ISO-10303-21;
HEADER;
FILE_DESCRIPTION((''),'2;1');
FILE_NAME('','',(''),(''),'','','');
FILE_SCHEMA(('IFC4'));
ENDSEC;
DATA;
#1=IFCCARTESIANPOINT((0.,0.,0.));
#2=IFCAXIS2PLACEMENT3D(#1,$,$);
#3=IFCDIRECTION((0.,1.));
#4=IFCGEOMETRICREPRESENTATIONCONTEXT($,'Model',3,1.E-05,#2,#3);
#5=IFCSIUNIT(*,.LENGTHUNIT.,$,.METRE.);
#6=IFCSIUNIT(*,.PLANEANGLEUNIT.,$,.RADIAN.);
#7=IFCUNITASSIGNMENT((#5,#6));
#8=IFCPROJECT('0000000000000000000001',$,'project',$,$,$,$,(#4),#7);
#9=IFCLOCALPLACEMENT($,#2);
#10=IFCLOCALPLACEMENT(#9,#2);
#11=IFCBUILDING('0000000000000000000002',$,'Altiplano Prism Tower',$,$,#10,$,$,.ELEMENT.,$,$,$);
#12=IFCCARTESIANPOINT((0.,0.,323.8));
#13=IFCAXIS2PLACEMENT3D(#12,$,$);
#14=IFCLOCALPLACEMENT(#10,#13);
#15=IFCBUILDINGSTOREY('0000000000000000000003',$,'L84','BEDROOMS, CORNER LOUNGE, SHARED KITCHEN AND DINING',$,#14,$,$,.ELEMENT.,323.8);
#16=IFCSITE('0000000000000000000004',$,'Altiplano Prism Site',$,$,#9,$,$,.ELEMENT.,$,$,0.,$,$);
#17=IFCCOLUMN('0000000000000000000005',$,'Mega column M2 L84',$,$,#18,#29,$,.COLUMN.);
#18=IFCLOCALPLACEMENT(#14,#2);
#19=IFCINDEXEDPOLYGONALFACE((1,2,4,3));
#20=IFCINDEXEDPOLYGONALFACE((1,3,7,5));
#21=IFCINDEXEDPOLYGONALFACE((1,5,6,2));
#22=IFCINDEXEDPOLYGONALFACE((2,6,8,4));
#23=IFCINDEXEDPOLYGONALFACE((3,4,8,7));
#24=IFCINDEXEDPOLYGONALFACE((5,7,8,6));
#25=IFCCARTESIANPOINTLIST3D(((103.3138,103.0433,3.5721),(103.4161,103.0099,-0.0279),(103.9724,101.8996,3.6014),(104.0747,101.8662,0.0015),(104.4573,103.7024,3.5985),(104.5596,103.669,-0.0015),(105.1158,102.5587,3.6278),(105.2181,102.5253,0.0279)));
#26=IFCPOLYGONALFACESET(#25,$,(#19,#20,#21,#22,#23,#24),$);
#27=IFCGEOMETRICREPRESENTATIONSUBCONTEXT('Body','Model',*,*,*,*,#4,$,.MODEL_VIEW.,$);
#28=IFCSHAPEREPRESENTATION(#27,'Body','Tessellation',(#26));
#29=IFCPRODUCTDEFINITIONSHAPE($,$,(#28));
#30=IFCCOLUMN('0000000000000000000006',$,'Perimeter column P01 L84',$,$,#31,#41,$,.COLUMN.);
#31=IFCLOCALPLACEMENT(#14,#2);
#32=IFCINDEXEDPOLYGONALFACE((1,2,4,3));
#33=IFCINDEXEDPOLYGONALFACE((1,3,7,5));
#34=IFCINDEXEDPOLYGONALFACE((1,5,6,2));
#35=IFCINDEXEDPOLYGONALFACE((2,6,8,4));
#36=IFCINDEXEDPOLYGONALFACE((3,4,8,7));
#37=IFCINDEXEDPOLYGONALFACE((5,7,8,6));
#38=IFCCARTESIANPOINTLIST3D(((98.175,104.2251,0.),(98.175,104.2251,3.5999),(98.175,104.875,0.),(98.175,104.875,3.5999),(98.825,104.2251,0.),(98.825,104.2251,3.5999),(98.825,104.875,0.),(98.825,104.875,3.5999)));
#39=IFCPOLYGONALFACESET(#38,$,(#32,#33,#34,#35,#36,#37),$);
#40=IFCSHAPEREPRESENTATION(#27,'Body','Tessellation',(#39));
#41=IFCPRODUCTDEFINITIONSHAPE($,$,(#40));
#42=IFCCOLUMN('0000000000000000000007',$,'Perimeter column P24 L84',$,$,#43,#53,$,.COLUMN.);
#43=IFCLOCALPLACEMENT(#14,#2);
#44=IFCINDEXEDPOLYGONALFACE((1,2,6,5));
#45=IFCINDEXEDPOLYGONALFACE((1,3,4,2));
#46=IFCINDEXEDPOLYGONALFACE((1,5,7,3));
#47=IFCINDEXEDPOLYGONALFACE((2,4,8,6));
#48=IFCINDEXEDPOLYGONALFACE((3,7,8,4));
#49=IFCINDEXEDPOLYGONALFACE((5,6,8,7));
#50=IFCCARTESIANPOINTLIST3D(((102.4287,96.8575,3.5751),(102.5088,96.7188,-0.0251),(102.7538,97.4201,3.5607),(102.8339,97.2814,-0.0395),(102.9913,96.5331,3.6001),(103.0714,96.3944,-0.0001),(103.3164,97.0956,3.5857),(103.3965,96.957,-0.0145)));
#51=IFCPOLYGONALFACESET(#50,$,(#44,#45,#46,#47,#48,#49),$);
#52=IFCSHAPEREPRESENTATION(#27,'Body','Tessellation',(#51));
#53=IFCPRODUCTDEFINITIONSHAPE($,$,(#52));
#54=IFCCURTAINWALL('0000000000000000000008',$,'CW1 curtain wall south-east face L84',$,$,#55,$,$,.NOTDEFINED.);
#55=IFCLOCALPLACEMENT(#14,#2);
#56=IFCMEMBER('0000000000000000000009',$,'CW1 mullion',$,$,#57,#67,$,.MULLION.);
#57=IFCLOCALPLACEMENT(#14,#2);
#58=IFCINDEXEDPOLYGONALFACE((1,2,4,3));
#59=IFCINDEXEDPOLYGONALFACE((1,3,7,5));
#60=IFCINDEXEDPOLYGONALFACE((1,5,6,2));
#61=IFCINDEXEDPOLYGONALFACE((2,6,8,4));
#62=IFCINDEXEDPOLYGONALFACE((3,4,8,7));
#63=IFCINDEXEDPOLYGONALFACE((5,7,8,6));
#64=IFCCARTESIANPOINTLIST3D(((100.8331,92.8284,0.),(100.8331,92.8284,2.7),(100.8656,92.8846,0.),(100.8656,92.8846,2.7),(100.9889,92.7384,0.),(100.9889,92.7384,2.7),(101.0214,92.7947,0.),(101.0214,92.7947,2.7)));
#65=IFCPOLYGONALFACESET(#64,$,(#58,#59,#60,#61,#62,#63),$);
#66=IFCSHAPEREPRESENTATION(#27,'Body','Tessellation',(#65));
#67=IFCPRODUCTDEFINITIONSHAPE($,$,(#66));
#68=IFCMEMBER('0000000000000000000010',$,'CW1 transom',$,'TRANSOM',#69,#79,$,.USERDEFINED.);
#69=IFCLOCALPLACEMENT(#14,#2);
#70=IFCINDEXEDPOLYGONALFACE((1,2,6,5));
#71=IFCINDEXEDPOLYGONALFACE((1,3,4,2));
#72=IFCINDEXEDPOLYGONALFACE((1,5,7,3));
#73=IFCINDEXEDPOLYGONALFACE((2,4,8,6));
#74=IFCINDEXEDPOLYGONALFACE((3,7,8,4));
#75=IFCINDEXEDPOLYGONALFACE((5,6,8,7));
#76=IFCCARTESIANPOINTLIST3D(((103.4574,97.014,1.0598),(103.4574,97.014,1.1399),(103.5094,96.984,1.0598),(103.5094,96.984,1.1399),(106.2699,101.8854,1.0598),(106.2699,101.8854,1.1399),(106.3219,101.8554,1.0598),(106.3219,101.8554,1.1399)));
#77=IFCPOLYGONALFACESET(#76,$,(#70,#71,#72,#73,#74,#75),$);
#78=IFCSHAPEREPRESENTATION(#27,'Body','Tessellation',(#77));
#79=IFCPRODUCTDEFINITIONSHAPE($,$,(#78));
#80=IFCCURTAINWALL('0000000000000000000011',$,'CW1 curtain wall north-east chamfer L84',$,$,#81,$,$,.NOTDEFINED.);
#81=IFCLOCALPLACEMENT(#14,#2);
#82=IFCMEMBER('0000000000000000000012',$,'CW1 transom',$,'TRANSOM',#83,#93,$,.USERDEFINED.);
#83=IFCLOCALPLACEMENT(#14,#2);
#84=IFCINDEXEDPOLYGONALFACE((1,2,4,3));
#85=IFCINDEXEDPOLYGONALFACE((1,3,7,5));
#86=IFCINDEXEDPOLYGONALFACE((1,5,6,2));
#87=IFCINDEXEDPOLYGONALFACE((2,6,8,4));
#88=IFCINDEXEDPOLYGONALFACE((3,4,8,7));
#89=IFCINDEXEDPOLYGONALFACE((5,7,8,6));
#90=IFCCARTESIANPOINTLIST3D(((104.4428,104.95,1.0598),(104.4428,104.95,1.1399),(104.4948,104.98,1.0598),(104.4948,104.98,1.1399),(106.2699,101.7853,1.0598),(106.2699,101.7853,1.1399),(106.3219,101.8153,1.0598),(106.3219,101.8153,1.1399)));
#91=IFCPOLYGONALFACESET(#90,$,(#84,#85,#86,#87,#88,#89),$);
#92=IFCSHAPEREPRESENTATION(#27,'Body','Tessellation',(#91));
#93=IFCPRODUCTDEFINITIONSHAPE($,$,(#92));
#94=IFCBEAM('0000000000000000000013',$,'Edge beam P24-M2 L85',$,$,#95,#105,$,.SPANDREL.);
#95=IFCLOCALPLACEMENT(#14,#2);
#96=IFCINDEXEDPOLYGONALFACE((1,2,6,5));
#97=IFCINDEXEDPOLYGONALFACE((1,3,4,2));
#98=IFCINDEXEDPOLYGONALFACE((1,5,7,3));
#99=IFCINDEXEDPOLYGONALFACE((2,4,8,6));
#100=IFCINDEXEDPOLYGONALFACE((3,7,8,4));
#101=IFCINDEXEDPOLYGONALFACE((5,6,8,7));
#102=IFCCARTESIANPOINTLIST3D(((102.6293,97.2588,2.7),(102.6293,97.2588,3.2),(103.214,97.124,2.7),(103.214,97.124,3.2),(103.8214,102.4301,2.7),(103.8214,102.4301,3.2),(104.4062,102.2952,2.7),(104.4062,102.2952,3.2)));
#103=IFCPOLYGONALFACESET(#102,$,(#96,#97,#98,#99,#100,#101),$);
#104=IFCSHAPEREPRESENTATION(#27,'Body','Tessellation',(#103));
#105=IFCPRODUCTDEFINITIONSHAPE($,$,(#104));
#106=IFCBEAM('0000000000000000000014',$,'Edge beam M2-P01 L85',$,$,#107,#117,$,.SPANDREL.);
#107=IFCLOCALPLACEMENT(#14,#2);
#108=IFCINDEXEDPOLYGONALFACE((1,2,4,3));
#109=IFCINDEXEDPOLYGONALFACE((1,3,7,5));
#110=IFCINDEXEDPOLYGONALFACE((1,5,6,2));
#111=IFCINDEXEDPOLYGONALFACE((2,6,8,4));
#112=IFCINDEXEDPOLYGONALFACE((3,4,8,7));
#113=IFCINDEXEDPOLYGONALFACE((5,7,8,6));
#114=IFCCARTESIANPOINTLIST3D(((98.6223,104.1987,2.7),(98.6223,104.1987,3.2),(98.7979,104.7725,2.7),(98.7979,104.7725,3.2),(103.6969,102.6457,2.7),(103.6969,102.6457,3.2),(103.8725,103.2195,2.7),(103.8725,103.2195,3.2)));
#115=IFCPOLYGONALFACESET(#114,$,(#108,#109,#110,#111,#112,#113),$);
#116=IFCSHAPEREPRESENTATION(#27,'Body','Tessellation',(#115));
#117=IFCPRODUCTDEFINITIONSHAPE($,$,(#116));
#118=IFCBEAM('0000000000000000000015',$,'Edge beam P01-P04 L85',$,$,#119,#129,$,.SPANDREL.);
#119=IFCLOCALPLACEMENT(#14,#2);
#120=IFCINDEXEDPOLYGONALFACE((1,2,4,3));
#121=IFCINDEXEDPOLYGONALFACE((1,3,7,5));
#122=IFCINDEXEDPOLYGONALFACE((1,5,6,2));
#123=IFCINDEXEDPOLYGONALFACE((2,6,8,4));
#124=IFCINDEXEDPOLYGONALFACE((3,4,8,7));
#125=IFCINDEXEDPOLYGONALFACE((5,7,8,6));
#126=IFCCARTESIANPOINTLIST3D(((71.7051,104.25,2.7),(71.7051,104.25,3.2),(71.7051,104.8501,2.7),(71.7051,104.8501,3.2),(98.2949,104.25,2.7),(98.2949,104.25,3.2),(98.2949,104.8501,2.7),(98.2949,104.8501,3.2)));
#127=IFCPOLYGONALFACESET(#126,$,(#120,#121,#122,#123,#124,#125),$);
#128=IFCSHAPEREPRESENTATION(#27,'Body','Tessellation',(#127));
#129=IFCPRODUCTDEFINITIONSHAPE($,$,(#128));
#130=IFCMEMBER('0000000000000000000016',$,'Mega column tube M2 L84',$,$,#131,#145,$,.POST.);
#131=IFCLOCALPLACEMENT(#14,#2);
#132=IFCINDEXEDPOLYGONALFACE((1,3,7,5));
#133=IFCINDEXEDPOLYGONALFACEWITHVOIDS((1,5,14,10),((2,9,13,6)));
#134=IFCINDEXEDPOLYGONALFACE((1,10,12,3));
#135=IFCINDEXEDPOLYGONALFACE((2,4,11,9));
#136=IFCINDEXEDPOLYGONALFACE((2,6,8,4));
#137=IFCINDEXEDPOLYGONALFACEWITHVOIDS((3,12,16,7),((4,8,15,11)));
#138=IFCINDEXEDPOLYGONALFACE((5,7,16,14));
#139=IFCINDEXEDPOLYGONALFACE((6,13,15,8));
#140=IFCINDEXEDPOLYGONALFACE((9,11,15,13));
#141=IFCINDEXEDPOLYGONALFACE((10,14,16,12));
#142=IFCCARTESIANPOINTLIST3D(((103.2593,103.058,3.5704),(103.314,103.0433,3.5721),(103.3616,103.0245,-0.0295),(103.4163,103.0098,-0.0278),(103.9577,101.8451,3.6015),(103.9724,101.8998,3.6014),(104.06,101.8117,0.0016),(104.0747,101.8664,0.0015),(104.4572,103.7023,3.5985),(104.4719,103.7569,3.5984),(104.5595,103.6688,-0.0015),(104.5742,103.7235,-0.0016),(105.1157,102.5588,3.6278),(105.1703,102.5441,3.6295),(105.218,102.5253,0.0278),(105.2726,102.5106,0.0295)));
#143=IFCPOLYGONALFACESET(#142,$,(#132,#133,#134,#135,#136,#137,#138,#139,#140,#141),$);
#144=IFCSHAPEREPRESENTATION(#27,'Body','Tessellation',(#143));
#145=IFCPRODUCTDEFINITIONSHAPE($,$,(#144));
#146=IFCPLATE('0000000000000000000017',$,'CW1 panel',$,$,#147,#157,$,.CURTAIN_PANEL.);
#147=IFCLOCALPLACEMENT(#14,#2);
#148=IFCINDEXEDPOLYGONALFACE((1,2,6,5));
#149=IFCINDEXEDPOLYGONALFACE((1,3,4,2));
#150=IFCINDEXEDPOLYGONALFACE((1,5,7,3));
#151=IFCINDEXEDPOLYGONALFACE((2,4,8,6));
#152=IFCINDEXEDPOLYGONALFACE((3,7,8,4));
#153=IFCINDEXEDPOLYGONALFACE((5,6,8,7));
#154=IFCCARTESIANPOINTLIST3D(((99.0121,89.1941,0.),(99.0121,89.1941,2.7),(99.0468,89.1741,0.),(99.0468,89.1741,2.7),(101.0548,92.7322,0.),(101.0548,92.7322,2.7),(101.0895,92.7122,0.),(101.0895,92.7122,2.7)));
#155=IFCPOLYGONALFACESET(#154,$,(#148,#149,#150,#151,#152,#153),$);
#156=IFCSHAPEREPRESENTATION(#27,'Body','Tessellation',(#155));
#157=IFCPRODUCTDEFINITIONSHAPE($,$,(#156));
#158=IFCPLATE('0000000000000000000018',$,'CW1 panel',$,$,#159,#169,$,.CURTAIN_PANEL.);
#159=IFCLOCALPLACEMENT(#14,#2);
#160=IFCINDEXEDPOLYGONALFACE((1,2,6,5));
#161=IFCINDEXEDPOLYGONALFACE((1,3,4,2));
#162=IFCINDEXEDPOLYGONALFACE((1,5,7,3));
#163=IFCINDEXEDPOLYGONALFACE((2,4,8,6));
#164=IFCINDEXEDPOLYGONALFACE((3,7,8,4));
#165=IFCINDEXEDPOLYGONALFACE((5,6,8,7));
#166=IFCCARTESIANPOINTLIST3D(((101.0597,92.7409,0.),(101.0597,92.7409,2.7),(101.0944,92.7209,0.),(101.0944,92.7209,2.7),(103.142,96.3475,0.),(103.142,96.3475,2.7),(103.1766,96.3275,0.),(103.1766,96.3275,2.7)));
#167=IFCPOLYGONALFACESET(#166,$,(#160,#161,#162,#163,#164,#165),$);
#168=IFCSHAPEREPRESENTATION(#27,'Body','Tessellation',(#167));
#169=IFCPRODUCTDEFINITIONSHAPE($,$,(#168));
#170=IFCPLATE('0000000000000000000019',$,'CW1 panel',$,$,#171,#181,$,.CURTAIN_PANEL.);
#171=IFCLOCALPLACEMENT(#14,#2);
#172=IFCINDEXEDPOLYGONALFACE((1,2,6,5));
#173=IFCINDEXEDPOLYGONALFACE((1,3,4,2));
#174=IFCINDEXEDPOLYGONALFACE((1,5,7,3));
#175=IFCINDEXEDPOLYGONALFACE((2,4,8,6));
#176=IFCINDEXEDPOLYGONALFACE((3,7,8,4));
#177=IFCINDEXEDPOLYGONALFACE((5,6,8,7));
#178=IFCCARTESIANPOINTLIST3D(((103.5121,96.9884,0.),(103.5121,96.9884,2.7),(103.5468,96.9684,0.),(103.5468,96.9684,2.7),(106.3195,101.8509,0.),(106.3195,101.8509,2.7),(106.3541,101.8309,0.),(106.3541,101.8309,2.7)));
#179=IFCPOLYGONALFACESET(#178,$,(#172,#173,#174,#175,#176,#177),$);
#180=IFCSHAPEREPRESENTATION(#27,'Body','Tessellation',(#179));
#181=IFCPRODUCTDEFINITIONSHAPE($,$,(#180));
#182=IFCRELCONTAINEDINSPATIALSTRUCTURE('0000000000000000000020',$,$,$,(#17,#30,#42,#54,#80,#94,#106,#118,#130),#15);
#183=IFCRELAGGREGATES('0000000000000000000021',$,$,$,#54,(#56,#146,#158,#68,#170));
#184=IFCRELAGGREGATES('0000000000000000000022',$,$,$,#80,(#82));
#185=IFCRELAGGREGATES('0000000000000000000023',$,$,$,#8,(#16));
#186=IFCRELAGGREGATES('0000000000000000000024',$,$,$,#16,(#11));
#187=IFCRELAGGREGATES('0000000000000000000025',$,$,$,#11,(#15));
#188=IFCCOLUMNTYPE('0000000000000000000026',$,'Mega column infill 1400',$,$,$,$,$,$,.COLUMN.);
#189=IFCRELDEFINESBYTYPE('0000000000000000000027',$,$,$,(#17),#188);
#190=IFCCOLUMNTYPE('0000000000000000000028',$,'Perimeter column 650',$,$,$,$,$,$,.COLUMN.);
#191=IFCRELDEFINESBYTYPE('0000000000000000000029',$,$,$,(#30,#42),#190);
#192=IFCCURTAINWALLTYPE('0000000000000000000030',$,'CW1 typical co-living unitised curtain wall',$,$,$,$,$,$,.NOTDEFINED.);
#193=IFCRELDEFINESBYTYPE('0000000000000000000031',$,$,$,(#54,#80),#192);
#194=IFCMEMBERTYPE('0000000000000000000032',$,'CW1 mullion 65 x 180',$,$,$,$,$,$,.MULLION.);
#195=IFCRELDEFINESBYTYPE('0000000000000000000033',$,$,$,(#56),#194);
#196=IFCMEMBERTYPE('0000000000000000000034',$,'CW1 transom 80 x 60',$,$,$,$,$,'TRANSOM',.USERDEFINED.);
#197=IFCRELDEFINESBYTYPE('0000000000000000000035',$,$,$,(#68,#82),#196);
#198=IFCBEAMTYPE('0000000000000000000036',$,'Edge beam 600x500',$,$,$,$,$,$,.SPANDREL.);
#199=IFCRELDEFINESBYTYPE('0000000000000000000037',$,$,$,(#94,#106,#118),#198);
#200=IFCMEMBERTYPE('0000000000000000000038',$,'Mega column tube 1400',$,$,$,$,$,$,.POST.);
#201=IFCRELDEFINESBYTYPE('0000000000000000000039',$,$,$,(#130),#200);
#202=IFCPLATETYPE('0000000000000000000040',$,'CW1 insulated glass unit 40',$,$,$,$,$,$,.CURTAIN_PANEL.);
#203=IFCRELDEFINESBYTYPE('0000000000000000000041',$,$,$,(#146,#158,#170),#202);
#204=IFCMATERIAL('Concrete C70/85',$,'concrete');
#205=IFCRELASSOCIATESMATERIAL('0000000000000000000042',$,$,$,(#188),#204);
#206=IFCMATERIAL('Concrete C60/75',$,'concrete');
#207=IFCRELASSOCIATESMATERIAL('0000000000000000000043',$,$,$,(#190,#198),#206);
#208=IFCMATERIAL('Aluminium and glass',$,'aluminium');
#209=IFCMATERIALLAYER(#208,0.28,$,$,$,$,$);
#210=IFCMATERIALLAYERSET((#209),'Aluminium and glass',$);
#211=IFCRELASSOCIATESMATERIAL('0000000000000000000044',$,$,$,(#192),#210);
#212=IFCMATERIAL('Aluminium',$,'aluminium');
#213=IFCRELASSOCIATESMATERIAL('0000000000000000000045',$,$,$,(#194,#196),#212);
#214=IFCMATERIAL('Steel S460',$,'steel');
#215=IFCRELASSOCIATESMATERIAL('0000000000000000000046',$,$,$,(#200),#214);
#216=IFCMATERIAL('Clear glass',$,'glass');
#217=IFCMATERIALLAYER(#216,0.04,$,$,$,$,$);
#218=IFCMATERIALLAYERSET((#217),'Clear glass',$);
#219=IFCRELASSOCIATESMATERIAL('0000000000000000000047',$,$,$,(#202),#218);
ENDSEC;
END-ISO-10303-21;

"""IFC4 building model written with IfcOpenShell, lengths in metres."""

from ifc_helpers import new_model, si_unit, direction, frame, origin, origin_2d, place, context, subcontext, project, spatial, rectangle, hollow_rectangle, extrude, material, layer, layer_set, material_profile, profile_set, type_object, element, aggregate, save


model = new_model("IFC4")

# Units and contexts
model_context = context("Model", 3, precision=1e-05, world=origin(), true_north=direction((0.0, 1.0)))
body_context = subcontext(model_context, "Body", "Model", "MODEL_VIEW")
ifc_project = project(units=[si_unit("LENGTHUNIT", "METRE"), si_unit("PLANEANGLEUNIT", "RADIAN")], contexts=[model_context])

# Site, building, storey
site_placement = place(None, origin())
site = spatial("IfcSite", under=ifc_project, at=site_placement, Name="Altiplano Prism Site", CompositionType="ELEMENT", RefElevation=0.0)
building_placement = place(site_placement, origin())
building = spatial("IfcBuilding", under=site, at=building_placement, Name="Altiplano Prism Tower", CompositionType="ELEMENT")
storey_placement = place(building_placement, frame((0.0, 0.0, 323.8)))
storey = spatial("IfcBuildingStorey", under=building, at=storey_placement, Name="L84", Description="BEDROOMS, CORNER LOUNGE, SHARED KITCHEN AND DINING", CompositionType="ELEMENT", Elevation=323.8)

# Columns
ifc_material_1 = material(Name="Concrete C70/85", Category="concrete")
ifc_material_profile_1 = material_profile(ifc_material_1, rectangle(XDim=1.3201, YDim=1.3201, at=origin_2d()), Name="Mega column infill 1400")
ifc_profile_set_1 = profile_set([ifc_material_profile_1], Name="Concrete C70/85")
column_type_1 = type_object("IfcColumnType", Name="Mega column infill 1400", PredefinedType="COLUMN", material=ifc_profile_set_1)
column_1_placement = place(storey_placement, frame((104.3171, 102.7676, 0.0), z_axis=(-0.028404, 0.009287, 0.999553), x_axis=(0.498884, -0.866384, 0.022226)))
element("IfcColumn", 1, at=column_1_placement, inside=storey, type_object=column_type_1, Name="Mega column M2 L84", PredefinedType="COLUMN", context=body_context, shape_type="SweptSolid", body=[
    extrude(rectangle(XDim=1.3201, YDim=1.3201, at=origin_2d()), origin(), (0.0, 0.0, 1.0), 3.6016),
])
ifc_material_2 = material(Name="Concrete C60/75", Category="concrete")
ifc_material_profile_2 = material_profile(ifc_material_2, rectangle(XDim=0.6499, YDim=0.6499, at=origin_2d()), Name="Perimeter column 650")
ifc_profile_set_2 = profile_set([ifc_material_profile_2], Name="Concrete C60/75")
column_type_2 = type_object("IfcColumnType", Name="Perimeter column 650", PredefinedType="COLUMN", material=ifc_profile_set_2)
column_2_placement = place(storey_placement, frame((98.5, 104.55, 0.0), z_axis=(0.0, 0.0, 1.0), x_axis=(1.0, 0.0, 0.0)))
element("IfcColumn", 2, at=column_2_placement, inside=storey, type_object=column_type_2, Name="Perimeter column P01 L84", PredefinedType="COLUMN", context=body_context, shape_type="SweptSolid", body=[
    extrude(rectangle(XDim=0.6499, YDim=0.6499, at=origin_2d()), origin(), (0.0, 0.0, 1.0), 3.5999),
])
column_3_placement = place(storey_placement, frame((102.9526, 96.8379, -0.0198), z_axis=(-0.022221, 0.038481, 0.999012), x_axis=(-0.500175, -0.865639, 0.022218)))
element("IfcColumn", 3, at=column_3_placement, inside=storey, type_object=column_type_2, Name="Perimeter column P24 L84", PredefinedType="COLUMN", context=body_context, shape_type="SweptSolid", body=[
    extrude(rectangle(XDim=0.6499, YDim=0.6499, at=origin_2d()), origin(), (0.0, 0.0, 1.0), 3.6038),
])

# Curtain wall, members
ifc_material_3 = material(Name="Aluminium and glass", Category="aluminium")
ifc_layer_1 = layer(ifc_material_3, 0.28)
ifc_layer_set_1 = layer_set([ifc_layer_1], Name="Aluminium and glass")
curtain_wall_type = type_object("IfcCurtainWallType", Name="CW1 typical co-living unitised curtain wall", PredefinedType="NOTDEFINED", material=ifc_layer_set_1)
curtain_wall_1_placement = place(storey_placement, origin())
curtain_wall_1 = element("IfcCurtainWall", 4, at=curtain_wall_1_placement, inside=storey, type_object=curtain_wall_type, Name="CW1 curtain wall south-east face L84", PredefinedType="NOTDEFINED")
ifc_material_4 = material(Name="Aluminium", Category="aluminium")
ifc_material_profile_3 = material_profile(ifc_material_4, rectangle(XDim=0.1799, YDim=0.0649, at=origin_2d()), Name="CW1 mullion 65 x 180")
ifc_profile_set_3 = profile_set([ifc_material_profile_3], Name="Aluminium")
member_type_1 = type_object("IfcMemberType", Name="CW1 mullion 65 x 180", PredefinedType="MULLION", material=ifc_profile_set_3)
member_1_placement = place(storey_placement, frame((100.9272, 92.8115, 0.0), z_axis=(0.0, 0.0, 1.0), x_axis=(-0.866025, 0.5, 0.0)))
member_1 = element("IfcMember", 5, at=member_1_placement, type_object=member_type_1, Name="CW1 mullion", PredefinedType="MULLION", context=body_context, shape_type="SweptSolid", body=[
    extrude(rectangle(XDim=0.1799, YDim=0.0649, at=origin_2d()), origin(), (0.0, 0.0, 1.0), 2.7),
])
ifc_material_profile_4 = material_profile(ifc_material_4, rectangle(XDim=0.0601, YDim=0.0801, at=origin_2d()), Name="CW1 transom 80 x 60")
ifc_profile_set_4 = profile_set([ifc_material_profile_4], Name="Aluminium")
member_type_2 = type_object("IfcMemberType", Name="CW1 transom 80 x 60", ElementType="TRANSOM", PredefinedType="USERDEFINED", material=ifc_profile_set_4)
member_2_placement = place(storey_placement, frame((103.4834, 96.999, 1.0999), z_axis=(0.500004, 0.866023, 0.0), x_axis=(-0.866023, 0.500004, 0.0)))
member_2 = element("IfcMember", 6, at=member_2_placement, type_object=member_type_2, Name="CW1 transom", ObjectType="TRANSOM", PredefinedType="USERDEFINED", context=body_context, shape_type="SweptSolid", body=[
    extrude(rectangle(XDim=0.0601, YDim=0.0801, at=origin_2d()), origin(), (0.0, 0.0, 1.0), 5.625),
])

# Curtain wall, member
curtain_wall_2_placement = place(storey_placement, origin())
curtain_wall_2 = element("IfcCurtainWall", 7, at=curtain_wall_2_placement, inside=storey, type_object=curtain_wall_type, Name="CW1 curtain wall north-east chamfer L84", PredefinedType="NOTDEFINED")
member_3_placement = place(storey_placement, frame((106.2959, 101.8003, 1.0999), z_axis=(-0.49999, 0.866031, 0.0), x_axis=(-0.866031, -0.49999, 0.0)))
member_3 = element("IfcMember", 8, at=member_3_placement, type_object=member_type_2, Name="CW1 transom", ObjectType="TRANSOM", PredefinedType="USERDEFINED", context=body_context, shape_type="SweptSolid", body=[
    extrude(rectangle(XDim=0.0601, YDim=0.0801, at=origin_2d()), origin(), (0.0, 0.0, 1.0), 3.6543),
])

# Beams
ifc_material_profile_5 = material_profile(ifc_material_2, rectangle(XDim=0.6001, YDim=0.5, at=origin_2d()), Name="Edge beam 600x500")
ifc_profile_set_5 = profile_set([ifc_material_profile_5], Name="Concrete C60/75")
beam_type = type_object("IfcBeamType", Name="Edge beam 600x500", PredefinedType="SPANDREL", material=ifc_profile_set_5)
for number, where, z_axis, x_axis, name in (
    (9, (102.9216, 97.1914, 2.95), (0.224644, 0.974441, 0.0), (-0.974441, 0.224644, 0.0), "Edge beam P24-M2 L85"),
    (10, (103.7847, 102.9326, 2.95), (-0.956223, 0.29264, 0.0), (-0.29264, -0.956223, 0.0), "Edge beam M2-P01 L85"),
):
    element("IfcBeam", number, at=place(storey_placement, frame(where, z_axis=z_axis, x_axis=x_axis)), inside=storey, type_object=beam_type, Name=name, PredefinedType="SPANDREL", context=body_context, shape_type="SweptSolid", body=[
        extrude(rectangle(XDim=0.6001, YDim=0.5, at=origin_2d()), origin(), (0.0, 0.0, 1.0), 5.3069),
    ])
beam_placement = place(storey_placement, frame((98.2949, 104.55, 2.95), z_axis=(-1.0, 0.0, 0.0), x_axis=(0.0, -1.0, 0.0)))
element("IfcBeam", 11, at=beam_placement, inside=storey, type_object=beam_type, Name="Edge beam P01-P04 L85", PredefinedType="SPANDREL", context=body_context, shape_type="SweptSolid", body=[
    extrude(rectangle(XDim=0.6001, YDim=0.5, at=origin_2d()), origin(), (0.0, 0.0, 1.0), 26.5898),
])

# Member
ifc_material_5 = material(Name="Steel S460", Category="steel")
ifc_material_profile_6 = material_profile(ifc_material_5, hollow_rectangle(XDim=1.3999, YDim=1.3999, WallThickness=0.04, at=origin_2d()), Name="Mega column tube 1400")
ifc_profile_set_6 = profile_set([ifc_material_profile_6], Name="Steel S460")
member_type_3 = type_object("IfcMemberType", Name="Mega column tube 1400", PredefinedType="POST", material=ifc_profile_set_6)
member_4_placement = place(storey_placement, frame((104.3171, 102.7676, 0.0), z_axis=(-0.028404, 0.009287, 0.999553), x_axis=(0.498884, -0.866384, 0.022226)))
element("IfcMember", 12, at=member_4_placement, inside=storey, type_object=member_type_3, Name="Mega column tube M2 L84", PredefinedType="POST", context=body_context, shape_type="SweptSolid", body=[
    extrude(hollow_rectangle(XDim=1.3999, YDim=1.3999, WallThickness=0.04, at=origin_2d()), origin(), (0.0, 0.0, 1.0), 3.6016),
])

# Plates
ifc_material_6 = material(Name="Clear glass", Category="glass")
ifc_layer_2 = layer(ifc_material_6, 0.04)
ifc_layer_set_2 = layer_set([ifc_layer_2], Name="Clear glass")
plate_type = type_object("IfcPlateType", Name="CW1 insulated glass unit 40", PredefinedType="CURTAIN_PANEL", material=ifc_layer_set_2)
plate_1_placement = place(storey_placement, frame((100.0508, 90.9531, 0.0), z_axis=(0.0, 0.0, 1.0), x_axis=(0.5, 0.866025, 0.0)))
plate_1 = element("IfcPlate", 13, at=plate_1_placement, type_object=plate_type, Name="CW1 panel", PredefinedType="CURTAIN_PANEL", context=body_context, shape_type="SweptSolid", body=[
    extrude(rectangle(XDim=4.0854, YDim=0.04, at=origin_2d()), origin(), (0.0, 0.0, 1.0), 2.7),
])
plate_2_placement = place(storey_placement, frame((102.1182, 94.5342, 0.0), z_axis=(0.0, 0.0, 1.0), x_axis=(0.5, 0.866025, 0.0)))
plate_2 = element("IfcPlate", 14, at=plate_2_placement, type_object=plate_type, Name="CW1 panel", PredefinedType="CURTAIN_PANEL", context=body_context, shape_type="SweptSolid", body=[
    extrude(rectangle(XDim=4.1646, YDim=0.04, at=origin_2d()), origin(), (0.0, 0.0, 1.0), 2.7),
])
plate_3_placement = place(storey_placement, frame((104.9331, 99.4097, 0.0), z_axis=(0.0, 0.0, 1.0), x_axis=(0.5, 0.866025, 0.0)))
plate_3 = element("IfcPlate", 15, at=plate_3_placement, type_object=plate_type, Name="CW1 panel", PredefinedType="CURTAIN_PANEL", context=body_context, shape_type="SweptSolid", body=[
    extrude(rectangle(XDim=5.6147, YDim=0.04, at=origin_2d()), origin(), (0.0, 0.0, 1.0), 2.7),
])
aggregate(curtain_wall_1, [member_1, plate_1, plate_2, member_2, plate_3])
aggregate(curtain_wall_2, [member_3])

save(model, "model.ifc")
